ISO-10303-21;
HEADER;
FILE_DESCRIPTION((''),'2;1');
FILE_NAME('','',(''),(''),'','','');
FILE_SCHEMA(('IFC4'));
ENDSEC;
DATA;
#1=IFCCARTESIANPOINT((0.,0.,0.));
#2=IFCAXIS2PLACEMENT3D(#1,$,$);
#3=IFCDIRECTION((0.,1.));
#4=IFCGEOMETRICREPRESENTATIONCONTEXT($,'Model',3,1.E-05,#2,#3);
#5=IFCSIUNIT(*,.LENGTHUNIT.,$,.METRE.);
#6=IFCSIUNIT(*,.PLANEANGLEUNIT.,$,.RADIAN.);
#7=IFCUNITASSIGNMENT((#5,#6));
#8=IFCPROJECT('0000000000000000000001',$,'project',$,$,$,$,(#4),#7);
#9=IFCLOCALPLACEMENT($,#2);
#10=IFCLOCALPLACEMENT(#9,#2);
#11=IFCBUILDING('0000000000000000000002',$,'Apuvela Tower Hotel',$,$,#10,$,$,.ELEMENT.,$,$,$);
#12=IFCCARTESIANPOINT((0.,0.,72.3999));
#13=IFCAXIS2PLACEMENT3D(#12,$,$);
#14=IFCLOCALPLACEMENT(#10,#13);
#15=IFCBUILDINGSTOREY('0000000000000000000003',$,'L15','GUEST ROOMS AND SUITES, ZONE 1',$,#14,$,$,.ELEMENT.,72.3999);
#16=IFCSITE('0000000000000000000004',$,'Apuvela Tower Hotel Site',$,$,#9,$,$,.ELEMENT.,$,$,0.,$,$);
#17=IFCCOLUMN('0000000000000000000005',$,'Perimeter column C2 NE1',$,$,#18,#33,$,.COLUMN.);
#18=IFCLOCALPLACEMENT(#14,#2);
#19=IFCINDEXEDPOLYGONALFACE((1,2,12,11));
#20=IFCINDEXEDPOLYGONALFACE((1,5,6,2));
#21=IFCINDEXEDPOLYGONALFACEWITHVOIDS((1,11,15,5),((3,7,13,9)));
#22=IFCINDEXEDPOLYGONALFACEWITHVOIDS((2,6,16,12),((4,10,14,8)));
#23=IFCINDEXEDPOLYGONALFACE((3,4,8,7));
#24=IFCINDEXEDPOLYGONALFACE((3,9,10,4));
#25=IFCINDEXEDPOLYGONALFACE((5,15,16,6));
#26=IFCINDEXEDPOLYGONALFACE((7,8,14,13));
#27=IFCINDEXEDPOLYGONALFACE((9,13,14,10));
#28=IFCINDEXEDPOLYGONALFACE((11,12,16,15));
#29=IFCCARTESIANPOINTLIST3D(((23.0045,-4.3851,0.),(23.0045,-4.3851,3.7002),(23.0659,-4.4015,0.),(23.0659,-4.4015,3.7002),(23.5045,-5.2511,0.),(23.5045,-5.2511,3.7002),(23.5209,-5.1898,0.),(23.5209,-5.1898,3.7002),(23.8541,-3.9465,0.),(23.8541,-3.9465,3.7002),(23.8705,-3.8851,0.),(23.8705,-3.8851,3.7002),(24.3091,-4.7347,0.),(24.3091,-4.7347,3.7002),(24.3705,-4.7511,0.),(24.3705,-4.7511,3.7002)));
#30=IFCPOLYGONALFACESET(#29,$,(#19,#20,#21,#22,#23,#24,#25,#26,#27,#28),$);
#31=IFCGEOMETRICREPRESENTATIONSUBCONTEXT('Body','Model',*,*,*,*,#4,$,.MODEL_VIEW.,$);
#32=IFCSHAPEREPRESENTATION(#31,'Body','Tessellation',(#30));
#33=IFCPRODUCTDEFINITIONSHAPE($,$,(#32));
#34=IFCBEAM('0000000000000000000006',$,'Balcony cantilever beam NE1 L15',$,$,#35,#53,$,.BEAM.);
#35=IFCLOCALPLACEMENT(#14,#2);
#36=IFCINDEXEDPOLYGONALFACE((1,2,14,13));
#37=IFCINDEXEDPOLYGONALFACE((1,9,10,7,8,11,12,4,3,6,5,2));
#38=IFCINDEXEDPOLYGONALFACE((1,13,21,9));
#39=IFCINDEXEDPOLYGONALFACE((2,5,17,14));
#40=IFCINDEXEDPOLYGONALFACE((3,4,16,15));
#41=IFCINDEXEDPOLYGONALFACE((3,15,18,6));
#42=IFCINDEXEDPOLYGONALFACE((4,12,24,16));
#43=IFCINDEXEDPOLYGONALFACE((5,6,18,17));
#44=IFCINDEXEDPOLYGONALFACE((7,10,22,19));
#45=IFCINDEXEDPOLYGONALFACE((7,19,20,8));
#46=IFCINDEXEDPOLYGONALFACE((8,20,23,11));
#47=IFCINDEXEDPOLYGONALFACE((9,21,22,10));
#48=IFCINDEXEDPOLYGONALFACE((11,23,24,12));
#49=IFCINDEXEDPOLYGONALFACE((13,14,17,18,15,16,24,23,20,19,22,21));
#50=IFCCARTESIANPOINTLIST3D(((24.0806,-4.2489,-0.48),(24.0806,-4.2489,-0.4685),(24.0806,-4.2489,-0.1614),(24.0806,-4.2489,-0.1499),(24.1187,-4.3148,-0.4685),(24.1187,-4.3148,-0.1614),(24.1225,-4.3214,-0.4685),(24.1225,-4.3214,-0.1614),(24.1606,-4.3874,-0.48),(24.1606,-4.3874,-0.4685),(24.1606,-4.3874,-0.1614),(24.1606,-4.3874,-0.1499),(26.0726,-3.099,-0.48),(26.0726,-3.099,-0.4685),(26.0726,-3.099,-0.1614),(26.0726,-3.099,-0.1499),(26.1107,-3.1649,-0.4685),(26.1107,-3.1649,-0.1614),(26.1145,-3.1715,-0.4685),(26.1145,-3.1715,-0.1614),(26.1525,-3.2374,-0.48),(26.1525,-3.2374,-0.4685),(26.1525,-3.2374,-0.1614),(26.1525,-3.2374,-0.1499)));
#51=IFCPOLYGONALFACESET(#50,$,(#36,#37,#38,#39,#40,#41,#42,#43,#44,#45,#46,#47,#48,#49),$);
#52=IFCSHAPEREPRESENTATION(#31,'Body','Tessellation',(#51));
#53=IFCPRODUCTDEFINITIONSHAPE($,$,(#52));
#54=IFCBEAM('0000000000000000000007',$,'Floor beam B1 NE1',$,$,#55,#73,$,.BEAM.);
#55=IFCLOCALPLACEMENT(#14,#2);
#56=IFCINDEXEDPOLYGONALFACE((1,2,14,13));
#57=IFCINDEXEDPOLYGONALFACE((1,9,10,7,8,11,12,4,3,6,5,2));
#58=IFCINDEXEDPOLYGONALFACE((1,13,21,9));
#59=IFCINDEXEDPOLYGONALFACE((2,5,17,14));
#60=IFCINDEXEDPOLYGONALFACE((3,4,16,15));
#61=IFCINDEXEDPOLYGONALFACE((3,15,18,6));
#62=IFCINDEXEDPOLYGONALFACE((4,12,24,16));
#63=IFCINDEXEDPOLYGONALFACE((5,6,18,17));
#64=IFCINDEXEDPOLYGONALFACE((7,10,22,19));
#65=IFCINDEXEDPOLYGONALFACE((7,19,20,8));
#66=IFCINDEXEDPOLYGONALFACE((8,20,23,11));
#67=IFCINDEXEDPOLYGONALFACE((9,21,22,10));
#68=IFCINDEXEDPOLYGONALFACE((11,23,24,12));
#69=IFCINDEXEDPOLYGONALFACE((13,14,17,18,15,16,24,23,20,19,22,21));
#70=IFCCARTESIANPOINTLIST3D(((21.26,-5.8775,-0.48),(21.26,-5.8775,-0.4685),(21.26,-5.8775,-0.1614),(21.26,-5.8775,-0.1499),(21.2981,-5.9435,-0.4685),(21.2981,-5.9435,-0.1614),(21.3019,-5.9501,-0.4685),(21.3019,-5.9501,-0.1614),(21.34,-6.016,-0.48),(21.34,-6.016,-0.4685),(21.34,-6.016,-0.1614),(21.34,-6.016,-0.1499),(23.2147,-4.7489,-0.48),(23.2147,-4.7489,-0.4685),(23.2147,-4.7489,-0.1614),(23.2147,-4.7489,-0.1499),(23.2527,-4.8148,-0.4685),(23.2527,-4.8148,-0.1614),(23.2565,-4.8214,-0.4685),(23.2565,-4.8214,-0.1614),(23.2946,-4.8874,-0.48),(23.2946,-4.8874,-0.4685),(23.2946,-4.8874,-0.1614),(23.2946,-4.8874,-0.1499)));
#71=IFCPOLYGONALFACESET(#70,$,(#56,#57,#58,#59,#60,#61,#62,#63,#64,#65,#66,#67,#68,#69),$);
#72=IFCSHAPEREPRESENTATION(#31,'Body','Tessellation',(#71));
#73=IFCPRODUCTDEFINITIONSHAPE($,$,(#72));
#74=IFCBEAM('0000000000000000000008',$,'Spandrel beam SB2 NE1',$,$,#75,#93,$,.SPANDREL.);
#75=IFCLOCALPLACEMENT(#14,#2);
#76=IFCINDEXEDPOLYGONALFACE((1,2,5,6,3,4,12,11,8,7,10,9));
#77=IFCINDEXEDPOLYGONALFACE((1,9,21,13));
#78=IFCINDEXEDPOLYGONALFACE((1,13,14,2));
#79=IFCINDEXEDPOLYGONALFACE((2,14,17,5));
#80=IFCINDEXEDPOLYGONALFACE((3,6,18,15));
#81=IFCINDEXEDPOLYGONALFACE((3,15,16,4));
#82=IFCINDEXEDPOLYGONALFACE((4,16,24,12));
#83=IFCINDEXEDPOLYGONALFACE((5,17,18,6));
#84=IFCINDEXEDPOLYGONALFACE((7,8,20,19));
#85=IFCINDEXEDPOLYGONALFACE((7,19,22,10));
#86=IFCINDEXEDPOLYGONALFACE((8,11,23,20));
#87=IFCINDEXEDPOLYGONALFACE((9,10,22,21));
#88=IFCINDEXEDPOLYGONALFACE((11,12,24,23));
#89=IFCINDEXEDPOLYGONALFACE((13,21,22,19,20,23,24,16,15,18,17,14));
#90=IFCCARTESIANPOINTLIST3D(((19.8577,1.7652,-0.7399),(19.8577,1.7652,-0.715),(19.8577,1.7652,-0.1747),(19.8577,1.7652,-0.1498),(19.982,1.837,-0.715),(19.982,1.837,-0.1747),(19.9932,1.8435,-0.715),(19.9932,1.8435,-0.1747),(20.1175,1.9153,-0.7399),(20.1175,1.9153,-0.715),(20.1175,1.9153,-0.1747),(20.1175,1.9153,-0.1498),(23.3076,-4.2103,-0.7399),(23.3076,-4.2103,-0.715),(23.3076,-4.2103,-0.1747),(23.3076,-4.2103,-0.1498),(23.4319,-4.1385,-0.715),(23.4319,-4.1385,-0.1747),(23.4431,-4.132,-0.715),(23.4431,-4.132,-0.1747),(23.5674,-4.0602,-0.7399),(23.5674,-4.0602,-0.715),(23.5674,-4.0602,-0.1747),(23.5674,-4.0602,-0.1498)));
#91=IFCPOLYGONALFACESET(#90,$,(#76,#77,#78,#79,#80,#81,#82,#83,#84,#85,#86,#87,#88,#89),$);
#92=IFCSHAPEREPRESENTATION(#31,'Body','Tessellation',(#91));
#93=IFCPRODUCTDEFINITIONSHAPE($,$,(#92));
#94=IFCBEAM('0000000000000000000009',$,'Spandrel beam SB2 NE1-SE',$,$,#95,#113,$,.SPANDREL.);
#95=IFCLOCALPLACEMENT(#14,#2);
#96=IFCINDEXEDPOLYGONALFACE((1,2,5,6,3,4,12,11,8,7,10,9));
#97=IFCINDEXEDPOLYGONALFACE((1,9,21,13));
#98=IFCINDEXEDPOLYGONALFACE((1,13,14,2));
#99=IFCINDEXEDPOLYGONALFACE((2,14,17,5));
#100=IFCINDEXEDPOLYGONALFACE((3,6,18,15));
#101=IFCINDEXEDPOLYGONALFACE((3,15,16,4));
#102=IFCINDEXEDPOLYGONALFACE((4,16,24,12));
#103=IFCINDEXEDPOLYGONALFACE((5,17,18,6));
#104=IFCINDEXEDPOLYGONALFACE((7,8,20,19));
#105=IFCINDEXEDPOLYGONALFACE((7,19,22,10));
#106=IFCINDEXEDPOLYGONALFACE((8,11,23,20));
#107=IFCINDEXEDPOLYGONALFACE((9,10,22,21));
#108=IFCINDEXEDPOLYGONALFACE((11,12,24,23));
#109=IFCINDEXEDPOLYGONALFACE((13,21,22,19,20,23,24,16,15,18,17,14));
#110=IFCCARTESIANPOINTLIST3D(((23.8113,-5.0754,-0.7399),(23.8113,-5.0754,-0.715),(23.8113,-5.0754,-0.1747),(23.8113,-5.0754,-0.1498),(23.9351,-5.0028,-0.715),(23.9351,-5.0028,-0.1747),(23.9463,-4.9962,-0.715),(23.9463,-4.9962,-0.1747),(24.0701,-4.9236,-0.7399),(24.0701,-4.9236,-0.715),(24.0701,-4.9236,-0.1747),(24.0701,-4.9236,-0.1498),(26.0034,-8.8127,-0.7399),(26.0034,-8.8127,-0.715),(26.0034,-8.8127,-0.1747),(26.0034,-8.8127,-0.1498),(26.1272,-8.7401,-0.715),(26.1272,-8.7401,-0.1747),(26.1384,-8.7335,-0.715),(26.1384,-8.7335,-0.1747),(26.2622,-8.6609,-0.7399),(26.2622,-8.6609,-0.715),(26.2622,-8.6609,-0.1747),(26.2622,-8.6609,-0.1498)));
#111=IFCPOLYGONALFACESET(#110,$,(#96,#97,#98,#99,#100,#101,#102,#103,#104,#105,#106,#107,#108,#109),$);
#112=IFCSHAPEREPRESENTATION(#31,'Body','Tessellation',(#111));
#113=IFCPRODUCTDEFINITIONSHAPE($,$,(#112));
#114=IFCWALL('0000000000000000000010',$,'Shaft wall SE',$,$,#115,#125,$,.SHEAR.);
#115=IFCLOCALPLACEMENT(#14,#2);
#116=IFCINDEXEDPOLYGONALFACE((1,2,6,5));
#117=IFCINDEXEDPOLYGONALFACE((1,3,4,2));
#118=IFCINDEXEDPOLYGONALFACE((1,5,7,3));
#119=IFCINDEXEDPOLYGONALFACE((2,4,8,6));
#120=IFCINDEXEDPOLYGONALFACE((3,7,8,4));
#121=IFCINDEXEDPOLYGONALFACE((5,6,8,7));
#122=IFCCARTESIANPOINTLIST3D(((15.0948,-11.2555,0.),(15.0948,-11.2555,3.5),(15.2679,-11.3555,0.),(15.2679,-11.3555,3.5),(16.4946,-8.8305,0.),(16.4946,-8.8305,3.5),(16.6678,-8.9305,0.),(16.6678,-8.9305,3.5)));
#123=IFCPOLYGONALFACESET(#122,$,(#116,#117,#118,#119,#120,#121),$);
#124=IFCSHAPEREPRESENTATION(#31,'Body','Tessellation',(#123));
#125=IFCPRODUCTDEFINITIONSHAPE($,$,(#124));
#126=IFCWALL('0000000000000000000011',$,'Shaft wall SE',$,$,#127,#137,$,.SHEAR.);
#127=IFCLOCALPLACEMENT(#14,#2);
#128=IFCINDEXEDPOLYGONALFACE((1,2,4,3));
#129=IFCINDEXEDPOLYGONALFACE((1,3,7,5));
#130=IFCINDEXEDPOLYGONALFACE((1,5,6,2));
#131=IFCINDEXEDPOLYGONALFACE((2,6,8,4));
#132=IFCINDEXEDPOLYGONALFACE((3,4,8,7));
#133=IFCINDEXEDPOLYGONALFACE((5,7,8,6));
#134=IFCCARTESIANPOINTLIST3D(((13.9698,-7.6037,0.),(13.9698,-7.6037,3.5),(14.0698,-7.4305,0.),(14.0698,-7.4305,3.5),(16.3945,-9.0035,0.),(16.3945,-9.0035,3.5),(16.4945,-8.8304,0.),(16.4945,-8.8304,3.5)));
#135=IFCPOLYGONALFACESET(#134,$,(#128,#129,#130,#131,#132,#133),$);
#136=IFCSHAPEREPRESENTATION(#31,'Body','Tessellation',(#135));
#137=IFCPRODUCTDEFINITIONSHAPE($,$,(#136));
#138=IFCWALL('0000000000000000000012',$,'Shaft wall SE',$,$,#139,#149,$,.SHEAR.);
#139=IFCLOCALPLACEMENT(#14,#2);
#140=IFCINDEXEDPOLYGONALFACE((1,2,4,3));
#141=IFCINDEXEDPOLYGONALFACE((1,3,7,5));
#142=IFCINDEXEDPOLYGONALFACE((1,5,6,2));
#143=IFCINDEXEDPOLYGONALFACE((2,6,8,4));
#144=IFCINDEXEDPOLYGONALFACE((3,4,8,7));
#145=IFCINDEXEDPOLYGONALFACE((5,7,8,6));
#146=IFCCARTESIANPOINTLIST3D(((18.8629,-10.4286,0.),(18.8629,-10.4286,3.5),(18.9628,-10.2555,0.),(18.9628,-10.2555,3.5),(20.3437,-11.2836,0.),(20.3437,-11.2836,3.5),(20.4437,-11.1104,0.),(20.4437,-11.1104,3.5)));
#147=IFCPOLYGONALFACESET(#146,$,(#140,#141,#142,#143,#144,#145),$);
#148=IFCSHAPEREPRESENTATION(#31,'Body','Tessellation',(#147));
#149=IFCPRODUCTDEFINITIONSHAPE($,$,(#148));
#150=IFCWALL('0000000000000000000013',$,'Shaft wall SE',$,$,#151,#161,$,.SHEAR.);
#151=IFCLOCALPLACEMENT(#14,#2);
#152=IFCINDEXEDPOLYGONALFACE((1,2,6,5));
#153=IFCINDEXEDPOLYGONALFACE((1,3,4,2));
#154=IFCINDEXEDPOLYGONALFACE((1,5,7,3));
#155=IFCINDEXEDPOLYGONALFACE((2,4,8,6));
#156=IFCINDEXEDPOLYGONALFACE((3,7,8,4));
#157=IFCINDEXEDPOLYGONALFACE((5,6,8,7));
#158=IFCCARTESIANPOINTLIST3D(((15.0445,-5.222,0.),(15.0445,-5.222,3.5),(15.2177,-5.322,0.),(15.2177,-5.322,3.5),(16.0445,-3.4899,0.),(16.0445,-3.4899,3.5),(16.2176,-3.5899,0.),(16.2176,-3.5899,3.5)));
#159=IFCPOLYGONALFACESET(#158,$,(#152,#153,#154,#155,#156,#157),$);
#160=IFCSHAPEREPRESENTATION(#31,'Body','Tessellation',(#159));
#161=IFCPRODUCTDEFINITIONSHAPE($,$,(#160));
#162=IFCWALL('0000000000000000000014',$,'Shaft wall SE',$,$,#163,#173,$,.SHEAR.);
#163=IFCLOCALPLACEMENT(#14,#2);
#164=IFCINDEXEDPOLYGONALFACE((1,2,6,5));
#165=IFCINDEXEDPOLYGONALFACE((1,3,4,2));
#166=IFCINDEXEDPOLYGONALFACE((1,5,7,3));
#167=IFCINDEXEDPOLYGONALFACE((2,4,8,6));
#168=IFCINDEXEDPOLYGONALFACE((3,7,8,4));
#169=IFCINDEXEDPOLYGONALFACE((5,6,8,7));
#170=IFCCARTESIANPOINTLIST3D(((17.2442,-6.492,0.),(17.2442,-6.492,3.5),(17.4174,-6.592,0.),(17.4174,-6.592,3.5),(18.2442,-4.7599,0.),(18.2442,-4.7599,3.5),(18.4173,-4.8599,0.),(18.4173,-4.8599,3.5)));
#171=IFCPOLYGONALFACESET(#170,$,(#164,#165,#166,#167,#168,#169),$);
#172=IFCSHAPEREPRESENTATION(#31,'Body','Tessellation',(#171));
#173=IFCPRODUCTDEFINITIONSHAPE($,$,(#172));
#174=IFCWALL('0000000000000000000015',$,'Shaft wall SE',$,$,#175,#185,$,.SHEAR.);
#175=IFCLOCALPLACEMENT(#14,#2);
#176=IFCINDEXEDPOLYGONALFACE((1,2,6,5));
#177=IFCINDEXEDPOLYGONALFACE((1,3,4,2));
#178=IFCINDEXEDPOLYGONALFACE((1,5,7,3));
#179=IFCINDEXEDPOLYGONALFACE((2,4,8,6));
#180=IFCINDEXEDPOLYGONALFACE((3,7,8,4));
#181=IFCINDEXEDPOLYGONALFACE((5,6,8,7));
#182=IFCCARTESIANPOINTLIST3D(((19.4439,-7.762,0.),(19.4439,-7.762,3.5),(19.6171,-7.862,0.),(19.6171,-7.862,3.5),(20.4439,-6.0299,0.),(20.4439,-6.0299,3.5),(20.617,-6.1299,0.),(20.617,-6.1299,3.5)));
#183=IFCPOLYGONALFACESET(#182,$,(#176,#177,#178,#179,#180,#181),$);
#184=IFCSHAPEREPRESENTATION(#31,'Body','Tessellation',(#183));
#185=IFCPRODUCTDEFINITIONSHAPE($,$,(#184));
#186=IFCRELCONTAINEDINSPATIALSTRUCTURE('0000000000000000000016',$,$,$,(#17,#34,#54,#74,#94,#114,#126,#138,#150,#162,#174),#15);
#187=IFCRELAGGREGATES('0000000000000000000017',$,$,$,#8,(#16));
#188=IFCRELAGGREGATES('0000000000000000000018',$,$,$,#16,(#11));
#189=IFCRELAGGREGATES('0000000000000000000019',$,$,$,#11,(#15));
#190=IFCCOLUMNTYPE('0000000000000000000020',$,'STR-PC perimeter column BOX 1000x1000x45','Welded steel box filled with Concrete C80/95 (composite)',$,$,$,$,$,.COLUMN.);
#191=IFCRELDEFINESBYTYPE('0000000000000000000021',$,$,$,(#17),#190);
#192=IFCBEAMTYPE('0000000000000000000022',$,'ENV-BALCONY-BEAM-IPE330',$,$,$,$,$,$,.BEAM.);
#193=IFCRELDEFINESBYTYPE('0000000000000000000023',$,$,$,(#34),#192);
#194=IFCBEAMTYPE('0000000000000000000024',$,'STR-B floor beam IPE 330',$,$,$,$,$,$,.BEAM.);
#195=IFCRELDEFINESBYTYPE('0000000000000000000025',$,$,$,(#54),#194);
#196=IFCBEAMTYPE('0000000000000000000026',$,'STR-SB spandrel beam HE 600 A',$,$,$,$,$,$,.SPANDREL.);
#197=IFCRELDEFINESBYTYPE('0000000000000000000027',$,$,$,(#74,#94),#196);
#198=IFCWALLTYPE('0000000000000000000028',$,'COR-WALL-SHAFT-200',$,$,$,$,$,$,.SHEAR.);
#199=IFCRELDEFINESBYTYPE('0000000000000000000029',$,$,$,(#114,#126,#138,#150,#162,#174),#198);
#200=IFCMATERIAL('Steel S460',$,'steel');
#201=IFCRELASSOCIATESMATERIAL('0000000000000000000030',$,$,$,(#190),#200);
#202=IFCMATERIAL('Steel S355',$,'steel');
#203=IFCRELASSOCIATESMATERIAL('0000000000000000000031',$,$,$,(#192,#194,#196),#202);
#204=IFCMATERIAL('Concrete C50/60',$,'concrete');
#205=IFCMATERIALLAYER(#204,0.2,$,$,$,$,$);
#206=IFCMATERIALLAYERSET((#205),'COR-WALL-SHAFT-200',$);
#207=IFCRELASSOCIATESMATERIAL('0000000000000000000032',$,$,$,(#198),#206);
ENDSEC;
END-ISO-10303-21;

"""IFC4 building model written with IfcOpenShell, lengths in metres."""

from ifc_helpers import new_model, si_unit, direction, frame, frame_2d, origin, origin_2d, place, context, subcontext, project, spatial, rectangle, hollow_rectangle, i_section, extrude, material, layer, layer_set, material_profile, profile_set, type_object, element, save


model = new_model("IFC4")

# Units and contexts
model_context = context("Model", 3, precision=1e-05, world=origin(), true_north=direction((0.0, 1.0)))
body_context = subcontext(model_context, "Body", "Model", "MODEL_VIEW")
ifc_project = project(units=[si_unit("LENGTHUNIT", "METRE"), si_unit("PLANEANGLEUNIT", "RADIAN")], contexts=[model_context])

# Site, building, storey
site_placement = place(None, origin())
site = spatial("IfcSite", under=ifc_project, at=site_placement, Name="Apuvela Tower Hotel Site", CompositionType="ELEMENT", RefElevation=0.0)
building_placement = place(site_placement, origin())
building = spatial("IfcBuilding", under=site, at=building_placement, Name="Apuvela Tower Hotel", CompositionType="ELEMENT")
storey_placement = place(building_placement, frame((0.0, 0.0, 72.3999)))
storey = spatial("IfcBuildingStorey", under=building, at=storey_placement, Name="L15", Description="GUEST ROOMS AND SUITES, ZONE 1", CompositionType="ELEMENT", Elevation=72.3999)

# Column
ifc_material_1 = material(Name="Steel S460", Category="steel")
ifc_material_profile_1 = material_profile(ifc_material_1, hollow_rectangle(XDim=1.0, YDim=1.0, WallThickness=0.0449, at=origin_2d()), Name="BOX 1000x1000x45")
ifc_material_2 = material(Name="Concrete C80/95", Category="concrete")
ifc_material_profile_2 = material_profile(ifc_material_2, rectangle(XDim=0.9099, YDim=0.9099, at=origin_2d()), Name="Concrete C80/95 infill")
ifc_profile_set_1 = profile_set([ifc_material_profile_1, ifc_material_profile_2], Name="Steel S460")
column_type = type_object("IfcColumnType", Name="STR-PC perimeter column BOX 1000x1000x45", Description="Welded steel box filled with Concrete C80/95 (composite)", PredefinedType="COLUMN", material=ifc_profile_set_1)
column_placement = place(storey_placement, frame((23.6875, -4.5681, 0.0), z_axis=(0.0, 0.0, 1.0), x_axis=(-0.5, 0.866025, 0.0)))
element("IfcColumn", 1, at=column_placement, inside=storey, type_object=column_type, Name="Perimeter column C2 NE1", PredefinedType="COLUMN", context=body_context, shape_type="SweptSolid", body=[
    extrude(hollow_rectangle(XDim=1.0, YDim=1.0, WallThickness=0.0449, at=origin_2d()), origin(), (0.0, 0.0, 1.0), 3.7002),
])

# Beams
ifc_material_3 = material(Name="Steel S355", Category="steel")
ifc_material_profile_3 = material_profile(ifc_material_3, i_section(OverallWidth=0.1599, OverallDepth=0.3301, WebThickness=0.0076, FlangeThickness=0.0115, at=origin_2d()), Name="IPE 330")
ifc_profile_set_2 = profile_set([ifc_material_profile_3], Name="Steel S355")
beam_type_1 = type_object("IfcBeamType", Name="ENV-BALCONY-BEAM-IPE330", PredefinedType="BEAM", material=ifc_profile_set_2)
beam_1_placement = place(storey_placement, frame((24.1206, -4.3181, -0.3149), z_axis=(0.866053, 0.499952, 0.0), x_axis=(-0.499952, 0.866053, 0.0)))
element("IfcBeam", 2, at=beam_1_placement, inside=storey, type_object=beam_type_1, Name="Balcony cantilever beam NE1 L15", PredefinedType="BEAM", context=body_context, shape_type="SweptSolid", body=[
    extrude(i_section(OverallWidth=0.1599, OverallDepth=0.3301, WebThickness=0.0076, FlangeThickness=0.0115, at=origin_2d()), origin(), (0.0, 0.0, 1.0), 2.3),
])
ifc_material_profile_4 = material_profile(ifc_material_3, i_section(OverallWidth=0.1599, OverallDepth=0.3301, WebThickness=0.0076, FlangeThickness=0.0115, at=origin_2d()), Name="IPE 330")
ifc_profile_set_3 = profile_set([ifc_material_profile_4], Name="Steel S355")
beam_type_2 = type_object("IfcBeamType", Name="STR-B floor beam IPE 330", PredefinedType="BEAM", material=ifc_profile_set_3)
beam_2_placement = place(storey_placement, frame((23.2546, -4.8181, -0.3149), z_axis=(-0.865991, -0.50006, 0.0), x_axis=(0.50006, -0.865991, 0.0)))
element("IfcBeam", 3, at=beam_2_placement, inside=storey, type_object=beam_type_2, Name="Floor beam B1 NE1", PredefinedType="BEAM", context=body_context, shape_type="SweptSolid", body=[
    extrude(i_section(OverallWidth=0.1599, OverallDepth=0.3301, WebThickness=0.0076, FlangeThickness=0.0115, at=origin_2d()), origin(), (0.0, 0.0, 1.0), 2.2571),
])
ifc_material_profile_5 = material_profile(ifc_material_3, i_section(OverallWidth=0.3, OverallDepth=0.5901, WebThickness=0.0129, FlangeThickness=0.0249, at=origin_2d()), Name="HE 600 A")
ifc_profile_set_4 = profile_set([ifc_material_profile_5], Name="Steel S355")
beam_type_3 = type_object("IfcBeamType", Name="STR-SB spandrel beam HE 600 A", PredefinedType="SPANDREL", material=ifc_profile_set_4)
beam_3_placement = place(storey_placement, frame((23.4375, -4.1353, -0.4448), z_axis=(-0.499994, 0.866029, 0.0), x_axis=(-0.866029, -0.499994, 0.0)))
element("IfcBeam", 4, at=beam_3_placement, inside=storey, type_object=beam_type_3, Name="Spandrel beam SB2 NE1", PredefinedType="SPANDREL", context=body_context, shape_type="SweptSolid", body=[
    extrude(i_section(OverallWidth=0.3, OverallDepth=0.5901, WebThickness=0.0129, FlangeThickness=0.0249, at=origin_2d()), origin(), (0.0, 0.0, 1.0), 6.8999),
])
beam_4_placement = place(storey_placement, frame((23.9407, -4.9995, -0.4448), z_axis=(0.505944, -0.862567, 0.0), x_axis=(0.862567, 0.505944, 0.0)))
element("IfcBeam", 5, at=beam_4_placement, inside=storey, type_object=beam_type_3, Name="Spandrel beam SB2 NE1-SE", PredefinedType="SPANDREL", context=body_context, shape_type="SweptSolid", body=[
    extrude(i_section(OverallWidth=0.3, OverallDepth=0.5901, WebThickness=0.0129, FlangeThickness=0.0249, at=origin_2d()), origin(), (0.0, 0.0, 1.0), 4.3328),
])

# Walls
ifc_material_4 = material(Name="Concrete C50/60", Category="concrete")
ifc_layer_1 = layer(ifc_material_4, 0.2)
ifc_layer_set_1 = layer_set([ifc_layer_1], Name="COR-WALL-SHAFT-200")
wall_type_1 = type_object("IfcWallType", Name="COR-WALL-SHAFT-200", PredefinedType="SHEAR", material=ifc_layer_set_1)
wall_1_placement = place(storey_placement, frame((15.1814, -11.3054, 0.0), z_axis=(0.0, 0.0, 1.0), x_axis=(0.499946, 0.866056, 0.0)))
element("IfcWall", 6, at=wall_1_placement, inside=storey, type_object=wall_type_1, Name="Shaft wall SE", PredefinedType="SHEAR", context=body_context, shape_type="SweptSolid", body=[
    extrude(rectangle(XDim=2.8, YDim=0.2, at=frame_2d((1.3999, 0.0))), origin(), (0.0, 0.0, 1.0), 3.5),
])
wall_2_placement = place(storey_placement, frame((14.0198, -7.5171, 0.0), z_axis=(0.0, 0.0, 1.0), x_axis=(0.866035, -0.499984, 0.0)))
element("IfcWall", 7, at=wall_2_placement, inside=storey, type_object=wall_type_1, Name="Shaft wall SE", PredefinedType="SHEAR", context=body_context, shape_type="SweptSolid", body=[
    extrude(rectangle(XDim=2.7998, YDim=0.2, at=frame_2d((1.3999, 0.0))), origin(), (0.0, 0.0, 1.0), 3.5),
])
wall_3_placement = place(storey_placement, frame((18.9128, -10.342, 0.0), z_axis=(0.0, 0.0, 1.0), x_axis=(0.866038, -0.499978, 0.0)))
element("IfcWall", 8, at=wall_3_placement, inside=storey, type_object=wall_type_1, Name="Shaft wall SE", PredefinedType="SHEAR", context=body_context, shape_type="SweptSolid", body=[
    extrude(rectangle(XDim=1.71, YDim=0.2, at=frame_2d((0.855, 0.0))), origin(), (0.0, 0.0, 1.0), 3.5),
])
for number, where, z_axis, x_axis, name in (
    (9, (15.1311, -5.272, 0.0), (0.0, 0.0, 1.0), (0.499973, 0.866041, 0.0), "Shaft wall SE"),
    (10, (17.3308, -6.542, 0.0), (0.0, 0.0, 1.0), (0.499973, 0.866041, 0.0), "Shaft wall SE"),
    (11, (19.5305, -7.812, 0.0), (0.0, 0.0, 1.0), (0.499973, 0.866041, 0.0), "Shaft wall SE"),
):
    element("IfcWall", number, at=place(storey_placement, frame(where, z_axis=z_axis, x_axis=x_axis)), inside=storey, type_object=wall_type_1, Name=name, PredefinedType="SHEAR", context=body_context, shape_type="SweptSolid", body=[
        extrude(rectangle(XDim=2.0, YDim=0.2, at=frame_2d((1.0, 0.0))), origin(), (0.0, 0.0, 1.0), 3.5),
    ])

save(model, "model.ifc")
